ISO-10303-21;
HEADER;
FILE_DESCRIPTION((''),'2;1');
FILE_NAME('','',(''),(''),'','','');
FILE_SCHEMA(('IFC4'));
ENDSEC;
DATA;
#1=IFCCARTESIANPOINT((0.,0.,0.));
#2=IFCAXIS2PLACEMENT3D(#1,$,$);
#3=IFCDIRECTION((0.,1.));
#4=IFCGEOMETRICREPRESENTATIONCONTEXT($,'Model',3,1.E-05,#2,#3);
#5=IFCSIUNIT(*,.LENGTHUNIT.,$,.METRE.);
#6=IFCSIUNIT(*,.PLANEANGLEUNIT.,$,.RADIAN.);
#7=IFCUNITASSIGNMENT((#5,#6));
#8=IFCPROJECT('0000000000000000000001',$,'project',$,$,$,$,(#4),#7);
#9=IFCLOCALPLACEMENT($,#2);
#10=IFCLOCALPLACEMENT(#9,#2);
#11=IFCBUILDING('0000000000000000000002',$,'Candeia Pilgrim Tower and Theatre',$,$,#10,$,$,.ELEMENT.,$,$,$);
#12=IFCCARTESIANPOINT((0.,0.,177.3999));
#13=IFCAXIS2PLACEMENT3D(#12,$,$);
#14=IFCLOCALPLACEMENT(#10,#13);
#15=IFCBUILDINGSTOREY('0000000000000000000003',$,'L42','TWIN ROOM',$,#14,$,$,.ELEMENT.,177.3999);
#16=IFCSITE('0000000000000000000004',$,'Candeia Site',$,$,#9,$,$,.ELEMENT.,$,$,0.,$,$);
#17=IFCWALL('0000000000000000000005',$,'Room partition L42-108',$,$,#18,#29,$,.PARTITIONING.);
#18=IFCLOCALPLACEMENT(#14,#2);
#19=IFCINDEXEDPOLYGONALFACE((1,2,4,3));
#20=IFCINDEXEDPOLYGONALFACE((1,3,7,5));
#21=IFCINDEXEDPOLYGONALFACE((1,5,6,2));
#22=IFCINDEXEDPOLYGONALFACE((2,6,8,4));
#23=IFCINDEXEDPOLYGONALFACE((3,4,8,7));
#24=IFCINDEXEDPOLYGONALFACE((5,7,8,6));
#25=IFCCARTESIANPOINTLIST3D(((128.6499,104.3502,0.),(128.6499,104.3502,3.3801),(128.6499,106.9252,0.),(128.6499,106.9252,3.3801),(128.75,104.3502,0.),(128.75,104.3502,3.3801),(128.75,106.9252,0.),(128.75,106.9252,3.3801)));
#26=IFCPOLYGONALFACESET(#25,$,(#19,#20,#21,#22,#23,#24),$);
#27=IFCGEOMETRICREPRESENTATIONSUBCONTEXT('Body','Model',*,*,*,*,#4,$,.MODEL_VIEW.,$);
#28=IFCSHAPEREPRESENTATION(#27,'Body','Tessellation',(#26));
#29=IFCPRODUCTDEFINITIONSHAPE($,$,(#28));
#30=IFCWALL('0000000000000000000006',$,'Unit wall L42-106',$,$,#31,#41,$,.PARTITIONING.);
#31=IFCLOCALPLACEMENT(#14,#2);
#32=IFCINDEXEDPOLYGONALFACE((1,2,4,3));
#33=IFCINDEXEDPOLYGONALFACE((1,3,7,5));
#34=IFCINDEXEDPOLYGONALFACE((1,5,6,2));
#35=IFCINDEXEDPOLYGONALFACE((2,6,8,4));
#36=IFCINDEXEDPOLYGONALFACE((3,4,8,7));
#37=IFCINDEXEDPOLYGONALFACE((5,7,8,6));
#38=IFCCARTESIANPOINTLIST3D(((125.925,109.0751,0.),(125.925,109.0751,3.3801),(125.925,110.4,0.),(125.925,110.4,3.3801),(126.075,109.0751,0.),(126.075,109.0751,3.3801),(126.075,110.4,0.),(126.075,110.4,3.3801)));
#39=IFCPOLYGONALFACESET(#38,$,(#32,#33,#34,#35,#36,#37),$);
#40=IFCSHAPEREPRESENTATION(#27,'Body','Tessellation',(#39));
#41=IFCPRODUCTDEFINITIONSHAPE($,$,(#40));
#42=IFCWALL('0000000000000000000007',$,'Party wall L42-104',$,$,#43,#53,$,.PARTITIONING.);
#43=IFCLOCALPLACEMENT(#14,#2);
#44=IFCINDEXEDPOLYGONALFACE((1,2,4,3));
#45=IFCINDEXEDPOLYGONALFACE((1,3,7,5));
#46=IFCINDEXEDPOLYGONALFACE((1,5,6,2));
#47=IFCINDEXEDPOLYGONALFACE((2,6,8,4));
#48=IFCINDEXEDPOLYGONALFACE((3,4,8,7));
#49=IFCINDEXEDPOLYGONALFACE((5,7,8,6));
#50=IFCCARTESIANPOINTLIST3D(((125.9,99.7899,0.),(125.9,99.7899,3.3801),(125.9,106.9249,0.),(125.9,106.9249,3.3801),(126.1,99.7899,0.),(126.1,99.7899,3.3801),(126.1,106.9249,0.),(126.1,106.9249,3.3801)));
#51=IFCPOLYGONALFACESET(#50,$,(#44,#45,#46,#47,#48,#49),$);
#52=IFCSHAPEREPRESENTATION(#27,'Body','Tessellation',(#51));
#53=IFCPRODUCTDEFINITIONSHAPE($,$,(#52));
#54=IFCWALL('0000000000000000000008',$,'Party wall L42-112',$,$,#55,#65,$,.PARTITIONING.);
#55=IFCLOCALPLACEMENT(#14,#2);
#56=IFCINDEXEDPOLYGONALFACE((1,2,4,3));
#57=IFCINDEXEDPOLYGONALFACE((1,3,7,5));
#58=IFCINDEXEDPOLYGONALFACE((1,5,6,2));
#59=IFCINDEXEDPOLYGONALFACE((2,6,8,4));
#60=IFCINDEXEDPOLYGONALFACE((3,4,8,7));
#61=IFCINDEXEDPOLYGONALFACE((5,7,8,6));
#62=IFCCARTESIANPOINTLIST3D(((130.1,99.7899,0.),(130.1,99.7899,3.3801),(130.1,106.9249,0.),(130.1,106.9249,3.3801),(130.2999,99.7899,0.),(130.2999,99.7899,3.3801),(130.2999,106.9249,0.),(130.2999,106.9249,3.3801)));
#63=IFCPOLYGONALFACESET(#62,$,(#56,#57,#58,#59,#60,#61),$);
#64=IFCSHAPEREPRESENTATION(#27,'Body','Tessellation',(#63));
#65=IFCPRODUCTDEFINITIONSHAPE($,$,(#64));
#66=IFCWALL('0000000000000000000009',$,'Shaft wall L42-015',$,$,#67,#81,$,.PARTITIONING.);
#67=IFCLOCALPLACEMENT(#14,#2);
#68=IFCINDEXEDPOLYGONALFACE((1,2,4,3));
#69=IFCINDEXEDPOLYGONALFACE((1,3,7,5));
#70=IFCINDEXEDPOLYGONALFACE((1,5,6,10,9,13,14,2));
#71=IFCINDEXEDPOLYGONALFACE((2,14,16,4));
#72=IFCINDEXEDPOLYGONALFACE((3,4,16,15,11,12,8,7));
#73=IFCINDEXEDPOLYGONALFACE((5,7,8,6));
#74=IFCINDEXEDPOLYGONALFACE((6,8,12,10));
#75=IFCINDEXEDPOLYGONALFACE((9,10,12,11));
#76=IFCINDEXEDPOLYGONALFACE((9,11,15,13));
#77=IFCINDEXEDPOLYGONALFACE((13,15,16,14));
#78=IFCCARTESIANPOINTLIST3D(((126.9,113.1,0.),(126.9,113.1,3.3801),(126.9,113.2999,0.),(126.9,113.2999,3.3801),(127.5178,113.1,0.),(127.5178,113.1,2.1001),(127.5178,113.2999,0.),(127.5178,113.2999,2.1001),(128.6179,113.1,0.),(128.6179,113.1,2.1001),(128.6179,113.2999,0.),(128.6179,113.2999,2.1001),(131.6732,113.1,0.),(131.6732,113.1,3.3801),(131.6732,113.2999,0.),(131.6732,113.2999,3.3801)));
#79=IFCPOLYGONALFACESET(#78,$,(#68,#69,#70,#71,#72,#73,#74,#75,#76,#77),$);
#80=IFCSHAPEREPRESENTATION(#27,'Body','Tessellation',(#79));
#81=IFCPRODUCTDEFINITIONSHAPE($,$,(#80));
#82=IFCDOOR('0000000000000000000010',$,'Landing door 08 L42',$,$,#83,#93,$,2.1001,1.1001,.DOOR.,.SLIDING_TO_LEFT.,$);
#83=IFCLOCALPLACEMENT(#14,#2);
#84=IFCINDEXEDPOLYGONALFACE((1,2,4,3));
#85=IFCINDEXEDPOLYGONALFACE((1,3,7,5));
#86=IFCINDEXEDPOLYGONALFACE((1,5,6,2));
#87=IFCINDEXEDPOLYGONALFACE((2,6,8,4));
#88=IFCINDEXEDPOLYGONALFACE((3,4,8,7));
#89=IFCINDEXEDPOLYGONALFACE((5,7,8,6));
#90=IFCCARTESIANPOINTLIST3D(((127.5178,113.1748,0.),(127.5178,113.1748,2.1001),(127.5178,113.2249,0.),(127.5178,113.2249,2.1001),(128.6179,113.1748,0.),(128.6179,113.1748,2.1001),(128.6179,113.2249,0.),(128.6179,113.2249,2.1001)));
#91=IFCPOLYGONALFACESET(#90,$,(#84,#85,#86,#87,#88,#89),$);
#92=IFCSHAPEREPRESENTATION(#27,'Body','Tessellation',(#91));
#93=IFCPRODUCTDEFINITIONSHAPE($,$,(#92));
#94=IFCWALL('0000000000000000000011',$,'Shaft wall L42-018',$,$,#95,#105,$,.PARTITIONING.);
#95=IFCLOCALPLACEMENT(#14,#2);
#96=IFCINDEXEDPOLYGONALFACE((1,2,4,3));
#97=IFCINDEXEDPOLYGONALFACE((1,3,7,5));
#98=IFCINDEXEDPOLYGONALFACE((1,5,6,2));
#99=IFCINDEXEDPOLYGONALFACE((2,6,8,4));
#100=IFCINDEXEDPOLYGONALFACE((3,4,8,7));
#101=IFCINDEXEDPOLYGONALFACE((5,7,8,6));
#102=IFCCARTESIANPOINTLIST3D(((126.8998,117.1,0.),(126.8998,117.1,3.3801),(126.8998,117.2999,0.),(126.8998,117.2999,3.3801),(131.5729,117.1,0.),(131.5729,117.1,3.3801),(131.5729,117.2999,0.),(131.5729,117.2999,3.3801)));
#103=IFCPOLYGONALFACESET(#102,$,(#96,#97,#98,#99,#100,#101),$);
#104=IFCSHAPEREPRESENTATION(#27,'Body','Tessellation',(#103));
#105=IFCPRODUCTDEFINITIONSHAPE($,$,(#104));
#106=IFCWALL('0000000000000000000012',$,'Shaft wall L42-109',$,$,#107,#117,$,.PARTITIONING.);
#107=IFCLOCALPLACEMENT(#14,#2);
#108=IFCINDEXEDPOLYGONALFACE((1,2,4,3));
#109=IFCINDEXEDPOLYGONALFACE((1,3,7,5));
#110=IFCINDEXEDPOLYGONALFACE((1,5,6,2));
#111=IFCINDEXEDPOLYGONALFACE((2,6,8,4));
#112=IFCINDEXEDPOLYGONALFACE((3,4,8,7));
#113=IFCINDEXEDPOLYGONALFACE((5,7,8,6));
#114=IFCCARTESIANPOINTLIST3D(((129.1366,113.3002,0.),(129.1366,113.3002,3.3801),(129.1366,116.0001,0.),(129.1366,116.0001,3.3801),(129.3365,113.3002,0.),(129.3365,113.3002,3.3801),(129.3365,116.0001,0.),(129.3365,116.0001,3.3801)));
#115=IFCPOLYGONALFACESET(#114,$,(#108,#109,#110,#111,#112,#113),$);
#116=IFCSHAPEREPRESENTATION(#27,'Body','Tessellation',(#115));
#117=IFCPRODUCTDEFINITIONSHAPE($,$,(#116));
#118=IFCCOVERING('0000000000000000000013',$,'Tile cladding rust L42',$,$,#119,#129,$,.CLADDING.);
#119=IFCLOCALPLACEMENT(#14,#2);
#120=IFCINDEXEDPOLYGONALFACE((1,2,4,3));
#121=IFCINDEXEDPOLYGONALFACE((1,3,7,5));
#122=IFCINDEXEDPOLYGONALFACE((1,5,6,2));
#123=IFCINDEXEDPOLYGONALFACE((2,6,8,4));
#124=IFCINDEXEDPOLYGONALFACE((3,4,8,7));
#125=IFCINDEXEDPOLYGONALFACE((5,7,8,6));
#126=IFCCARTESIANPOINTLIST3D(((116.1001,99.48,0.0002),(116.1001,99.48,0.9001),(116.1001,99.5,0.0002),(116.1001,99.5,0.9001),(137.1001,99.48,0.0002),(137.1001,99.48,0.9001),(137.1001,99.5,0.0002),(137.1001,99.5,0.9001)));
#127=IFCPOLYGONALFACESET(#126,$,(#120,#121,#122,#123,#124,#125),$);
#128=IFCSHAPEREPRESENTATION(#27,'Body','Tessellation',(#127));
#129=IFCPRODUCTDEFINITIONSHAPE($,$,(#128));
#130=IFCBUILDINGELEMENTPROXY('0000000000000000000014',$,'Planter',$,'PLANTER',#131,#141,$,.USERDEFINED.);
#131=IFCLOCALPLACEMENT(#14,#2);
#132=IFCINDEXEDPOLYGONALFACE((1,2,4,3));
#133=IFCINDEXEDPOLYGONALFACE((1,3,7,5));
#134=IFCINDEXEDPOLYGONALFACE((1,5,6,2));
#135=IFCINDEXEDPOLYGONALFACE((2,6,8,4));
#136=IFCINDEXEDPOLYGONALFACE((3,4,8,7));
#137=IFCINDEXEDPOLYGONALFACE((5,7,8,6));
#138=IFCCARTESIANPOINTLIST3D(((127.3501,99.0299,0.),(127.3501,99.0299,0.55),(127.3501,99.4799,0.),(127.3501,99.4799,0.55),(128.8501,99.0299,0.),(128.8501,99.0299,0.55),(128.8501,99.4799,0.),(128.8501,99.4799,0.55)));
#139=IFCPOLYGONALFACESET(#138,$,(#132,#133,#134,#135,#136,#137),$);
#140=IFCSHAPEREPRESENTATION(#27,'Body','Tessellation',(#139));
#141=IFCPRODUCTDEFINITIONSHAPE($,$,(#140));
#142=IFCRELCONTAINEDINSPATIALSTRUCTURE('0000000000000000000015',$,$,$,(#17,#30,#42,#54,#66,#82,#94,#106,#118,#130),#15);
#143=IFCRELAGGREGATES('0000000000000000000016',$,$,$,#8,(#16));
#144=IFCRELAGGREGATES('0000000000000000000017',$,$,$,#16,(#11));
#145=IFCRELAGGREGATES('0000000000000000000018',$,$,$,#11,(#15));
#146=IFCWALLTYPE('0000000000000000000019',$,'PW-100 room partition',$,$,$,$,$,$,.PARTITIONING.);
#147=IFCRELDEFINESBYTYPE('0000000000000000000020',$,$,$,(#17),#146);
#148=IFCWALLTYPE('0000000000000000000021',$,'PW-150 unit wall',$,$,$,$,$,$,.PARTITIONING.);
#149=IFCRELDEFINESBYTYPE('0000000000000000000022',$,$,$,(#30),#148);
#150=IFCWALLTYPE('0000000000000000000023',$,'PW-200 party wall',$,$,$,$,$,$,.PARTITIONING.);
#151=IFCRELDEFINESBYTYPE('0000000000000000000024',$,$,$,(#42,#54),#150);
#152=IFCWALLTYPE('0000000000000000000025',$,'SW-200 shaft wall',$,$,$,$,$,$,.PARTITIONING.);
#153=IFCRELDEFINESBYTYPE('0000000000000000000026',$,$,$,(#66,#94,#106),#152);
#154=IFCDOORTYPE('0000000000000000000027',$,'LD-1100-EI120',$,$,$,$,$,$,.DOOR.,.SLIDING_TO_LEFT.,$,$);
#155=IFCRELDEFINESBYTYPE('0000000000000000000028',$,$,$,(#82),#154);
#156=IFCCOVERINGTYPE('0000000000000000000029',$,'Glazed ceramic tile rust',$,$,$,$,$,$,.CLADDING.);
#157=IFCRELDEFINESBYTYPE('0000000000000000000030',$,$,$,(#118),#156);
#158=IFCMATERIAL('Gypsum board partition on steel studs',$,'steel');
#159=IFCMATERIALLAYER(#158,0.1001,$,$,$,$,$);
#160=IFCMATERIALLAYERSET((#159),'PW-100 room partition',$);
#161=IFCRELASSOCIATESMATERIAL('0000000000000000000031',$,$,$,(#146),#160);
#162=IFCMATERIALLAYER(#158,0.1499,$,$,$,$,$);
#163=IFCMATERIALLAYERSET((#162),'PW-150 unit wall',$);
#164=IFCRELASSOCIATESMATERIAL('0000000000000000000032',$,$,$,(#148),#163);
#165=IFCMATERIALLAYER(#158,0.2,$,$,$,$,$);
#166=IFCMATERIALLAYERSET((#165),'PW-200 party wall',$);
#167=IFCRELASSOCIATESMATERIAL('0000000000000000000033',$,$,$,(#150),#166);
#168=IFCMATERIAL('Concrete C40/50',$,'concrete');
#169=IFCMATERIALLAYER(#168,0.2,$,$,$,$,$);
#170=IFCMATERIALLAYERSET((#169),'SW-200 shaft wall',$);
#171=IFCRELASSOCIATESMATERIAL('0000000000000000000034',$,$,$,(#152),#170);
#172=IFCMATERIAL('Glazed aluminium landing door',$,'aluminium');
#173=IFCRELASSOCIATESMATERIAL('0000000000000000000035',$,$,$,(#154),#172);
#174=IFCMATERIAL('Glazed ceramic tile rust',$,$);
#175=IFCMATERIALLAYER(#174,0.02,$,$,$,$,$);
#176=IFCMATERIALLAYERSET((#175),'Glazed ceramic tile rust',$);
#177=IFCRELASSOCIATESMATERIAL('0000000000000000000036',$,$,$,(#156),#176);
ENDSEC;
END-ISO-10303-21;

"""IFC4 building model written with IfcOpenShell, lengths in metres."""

from ifc_helpers import new_model, si_unit, direction, frame, frame_2d, origin, origin_2d, place, context, subcontext, project, spatial, rectangle, extrude, material, layer, layer_set, type_object, element, fill, save


model = new_model("IFC4")

# Units and contexts
model_context = context("Model", 3, precision=1e-05, world=origin(), true_north=direction((0.0, 1.0)))
body_context = subcontext(model_context, "Body", "Model", "MODEL_VIEW")
ifc_project = project(units=[si_unit("LENGTHUNIT", "METRE"), si_unit("PLANEANGLEUNIT", "RADIAN")], contexts=[model_context])

# Site, building, storey
site_placement = place(None, origin())
site = spatial("IfcSite", under=ifc_project, at=site_placement, Name="Candeia Site", CompositionType="ELEMENT", RefElevation=0.0)
building_placement = place(site_placement, origin())
building = spatial("IfcBuilding", under=site, at=building_placement, Name="Candeia Pilgrim Tower and Theatre", CompositionType="ELEMENT")
storey_placement = place(building_placement, frame((0.0, 0.0, 177.3999)))
storey = spatial("IfcBuildingStorey", under=building, at=storey_placement, Name="L42", Description="TWIN ROOM", CompositionType="ELEMENT", Elevation=177.3999)

# Shared definitions
ifc_material_1 = material(Name="Gypsum board partition on steel studs", Category="steel")
ifc_layer_1 = layer(ifc_material_1, 0.1001)
ifc_layer_set_1 = layer_set([ifc_layer_1], Name="PW-100 room partition")
wall_type_1 = type_object("IfcWallType", Name="PW-100 room partition", PredefinedType="PARTITIONING", material=ifc_layer_set_1)

# Walls
wall_1_placement = place(storey_placement, frame((128.7, 104.3501, 0.0), z_axis=(0.0, 0.0, 1.0), x_axis=(0.0, 1.0, 0.0)))
element("IfcWall", 1, at=wall_1_placement, inside=storey, type_object=wall_type_1, Name="Room partition L42-108", PredefinedType="PARTITIONING", context=body_context, shape_type="SweptSolid", body=[
    extrude(rectangle(XDim=2.575, YDim=0.1001, at=frame_2d((1.2876, 0.0))), origin(), (0.0, 0.0, 1.0), 3.3801),
])
ifc_layer_2 = layer(ifc_material_1, 0.1499)
ifc_layer_set_2 = layer_set([ifc_layer_2], Name="PW-150 unit wall")
wall_type_2 = type_object("IfcWallType", Name="PW-150 unit wall", PredefinedType="PARTITIONING", material=ifc_layer_set_2)
wall_2_placement = place(storey_placement, frame((126.0, 109.075, 0.0), z_axis=(0.0, 0.0, 1.0), x_axis=(0.0, 1.0, 0.0)))
element("IfcWall", 2, at=wall_2_placement, inside=storey, type_object=wall_type_2, Name="Unit wall L42-106", PredefinedType="PARTITIONING", context=body_context, shape_type="SweptSolid", body=[
    extrude(rectangle(XDim=1.325, YDim=0.1499, at=frame_2d((0.6626, 0.0))), origin(), (0.0, 0.0, 1.0), 3.3801),
])
ifc_layer_3 = layer(ifc_material_1, 0.2)
ifc_layer_set_3 = layer_set([ifc_layer_3], Name="PW-200 party wall")
wall_type_3 = type_object("IfcWallType", Name="PW-200 party wall", PredefinedType="PARTITIONING", material=ifc_layer_set_3)
for number, where, z_axis, x_axis, name in (
    (3, (126.0, 99.79, 0.0), (0.0, 0.0, 1.0), (0.0, 1.0, 0.0), "Party wall L42-104"),
    (4, (130.2, 99.79, 0.0), (0.0, 0.0, 1.0), (0.0, 1.0, 0.0), "Party wall L42-112"),
):
    element("IfcWall", number, at=place(storey_placement, frame(where, z_axis=z_axis, x_axis=x_axis)), inside=storey, type_object=wall_type_3, Name=name, PredefinedType="PARTITIONING", context=body_context, shape_type="SweptSolid", body=[
        extrude(rectangle(XDim=7.135, YDim=0.2, at=frame_2d((3.5674, 0.0))), origin(), (0.0, 0.0, 1.0), 3.3801),
    ])

# Wall, opening, door
ifc_material_2 = material(Name="Concrete C40/50", Category="concrete")
ifc_layer_4 = layer(ifc_material_2, 0.2)
ifc_layer_set_4 = layer_set([ifc_layer_4], Name="SW-200 shaft wall")
wall_type_4 = type_object("IfcWallType", Name="SW-200 shaft wall", PredefinedType="PARTITIONING", material=ifc_layer_set_4)
wall_3_placement = place(storey_placement, frame((126.8999, 113.2, 0.0), z_axis=(0.0, 0.0, 1.0), x_axis=(1.0, 0.0, 0.0)))
wall_3 = element("IfcWall", 5, at=wall_3_placement, inside=storey, type_object=wall_type_4, Name="Shaft wall L42-015", PredefinedType="PARTITIONING", context=body_context, shape_type="SweptSolid", body=[
    extrude(rectangle(XDim=4.7732, YDim=0.2, at=frame_2d((2.3867, 0.0))), origin(), (0.0, 0.0, 1.0), 3.3801),
])
opening_1_placement = place(wall_3_placement, frame((0.6179, 0.0, 0.0)))
opening_1 = element("IfcOpeningElement", 6, at=opening_1_placement, cuts=wall_3, PredefinedType="OPENING", context=body_context, shape_type="SweptSolid", body=[
    extrude(rectangle(XDim=1.1001, YDim=2.1001, at=frame_2d((0.55, 1.05))), frame((0.0, 0.1099, 0.0), z_axis=(0.0, -1.0, 0.0), x_axis=(1.0, 0.0, 0.0)), (0.0, 0.0, 1.0), 0.22),
])
ifc_material_3 = material(Name="Glazed aluminium landing door", Category="aluminium")
door_type_1 = type_object("IfcDoorType", Name="LD-1100-EI120", OperationType="SLIDING_TO_LEFT", PredefinedType="DOOR", material=ifc_material_3)
door_1_placement = place(opening_1_placement, origin())
door_1 = element("IfcDoor", 7, at=door_1_placement, inside=storey, type_object=door_type_1, Name="Landing door 08 L42", OperationType="SLIDING_TO_LEFT", OverallHeight=2.1001, OverallWidth=1.1001, PredefinedType="DOOR", context=body_context, shape_type="SweptSolid", body=[
    extrude(rectangle(XDim=1.1001, YDim=2.1001, at=frame_2d((0.55, 1.05))), frame((0.0, 0.0249, 0.0), z_axis=(0.0, -1.0, 0.0), x_axis=(1.0, 0.0, 0.0)), (0.0, 0.0, 1.0), 0.05),
])
fill(opening_1, door_1)

# Walls
wall_4_placement = place(storey_placement, frame((126.8999, 117.2, 0.0), z_axis=(0.0, 0.0, 1.0), x_axis=(1.0, 0.0, 0.0)))
element("IfcWall", 8, at=wall_4_placement, inside=storey, type_object=wall_type_4, Name="Shaft wall L42-018", PredefinedType="PARTITIONING", context=body_context, shape_type="SweptSolid", body=[
    extrude(rectangle(XDim=4.6731, YDim=0.2, at=frame_2d((2.3364, 0.0))), origin(), (0.0, 0.0, 1.0), 3.3801),
])
wall_5_placement = place(storey_placement, frame((129.2366, 113.3, 0.0), z_axis=(0.0, 0.0, 1.0), x_axis=(0.0, 1.0, 0.0)))
element("IfcWall", 9, at=wall_5_placement, inside=storey, type_object=wall_type_4, Name="Shaft wall L42-109", PredefinedType="PARTITIONING", context=body_context, shape_type="SweptSolid", body=[
    extrude(rectangle(XDim=2.7, YDim=0.2, at=frame_2d((1.3501, 0.0))), origin(), (0.0, 0.0, 1.0), 3.3801),
])

# Covering
ifc_material_4 = material(Name="Glazed ceramic tile rust")
ifc_layer_5 = layer(ifc_material_4, 0.02)
ifc_layer_set_5 = layer_set([ifc_layer_5], Name="Glazed ceramic tile rust")
covering_type = type_object("IfcCoveringType", Name="Glazed ceramic tile rust", PredefinedType="CLADDING", material=ifc_layer_set_5)
covering_placement = place(storey_placement, frame((126.6001, 99.49, 0.0002), z_axis=(0.0, 0.0, 1.0), x_axis=(1.0, 0.0, 0.0)))
element("IfcCovering", 10, at=covering_placement, inside=storey, type_object=covering_type, Name="Tile cladding rust L42", PredefinedType="CLADDING", context=body_context, shape_type="SweptSolid", body=[
    extrude(rectangle(XDim=21.0, YDim=0.02, at=origin_2d()), origin(), (0.0, 0.0, 1.0), 0.8999),
])

# Building element proxy
proxy_placement = place(storey_placement, frame((128.1001, 99.2549, 0.0), z_axis=(0.0, 0.0, 1.0), x_axis=(1.0, 0.0, 0.0)))
element("IfcBuildingElementProxy", 11, at=proxy_placement, inside=storey, Name="Planter", ObjectType="PLANTER", PredefinedType="USERDEFINED", context=body_context, shape_type="SweptSolid", body=[
    extrude(rectangle(XDim=1.5, YDim=0.45, at=origin_2d()), origin(), (0.0, 0.0, 1.0), 0.55),
])

save(model, "model.ifc")
